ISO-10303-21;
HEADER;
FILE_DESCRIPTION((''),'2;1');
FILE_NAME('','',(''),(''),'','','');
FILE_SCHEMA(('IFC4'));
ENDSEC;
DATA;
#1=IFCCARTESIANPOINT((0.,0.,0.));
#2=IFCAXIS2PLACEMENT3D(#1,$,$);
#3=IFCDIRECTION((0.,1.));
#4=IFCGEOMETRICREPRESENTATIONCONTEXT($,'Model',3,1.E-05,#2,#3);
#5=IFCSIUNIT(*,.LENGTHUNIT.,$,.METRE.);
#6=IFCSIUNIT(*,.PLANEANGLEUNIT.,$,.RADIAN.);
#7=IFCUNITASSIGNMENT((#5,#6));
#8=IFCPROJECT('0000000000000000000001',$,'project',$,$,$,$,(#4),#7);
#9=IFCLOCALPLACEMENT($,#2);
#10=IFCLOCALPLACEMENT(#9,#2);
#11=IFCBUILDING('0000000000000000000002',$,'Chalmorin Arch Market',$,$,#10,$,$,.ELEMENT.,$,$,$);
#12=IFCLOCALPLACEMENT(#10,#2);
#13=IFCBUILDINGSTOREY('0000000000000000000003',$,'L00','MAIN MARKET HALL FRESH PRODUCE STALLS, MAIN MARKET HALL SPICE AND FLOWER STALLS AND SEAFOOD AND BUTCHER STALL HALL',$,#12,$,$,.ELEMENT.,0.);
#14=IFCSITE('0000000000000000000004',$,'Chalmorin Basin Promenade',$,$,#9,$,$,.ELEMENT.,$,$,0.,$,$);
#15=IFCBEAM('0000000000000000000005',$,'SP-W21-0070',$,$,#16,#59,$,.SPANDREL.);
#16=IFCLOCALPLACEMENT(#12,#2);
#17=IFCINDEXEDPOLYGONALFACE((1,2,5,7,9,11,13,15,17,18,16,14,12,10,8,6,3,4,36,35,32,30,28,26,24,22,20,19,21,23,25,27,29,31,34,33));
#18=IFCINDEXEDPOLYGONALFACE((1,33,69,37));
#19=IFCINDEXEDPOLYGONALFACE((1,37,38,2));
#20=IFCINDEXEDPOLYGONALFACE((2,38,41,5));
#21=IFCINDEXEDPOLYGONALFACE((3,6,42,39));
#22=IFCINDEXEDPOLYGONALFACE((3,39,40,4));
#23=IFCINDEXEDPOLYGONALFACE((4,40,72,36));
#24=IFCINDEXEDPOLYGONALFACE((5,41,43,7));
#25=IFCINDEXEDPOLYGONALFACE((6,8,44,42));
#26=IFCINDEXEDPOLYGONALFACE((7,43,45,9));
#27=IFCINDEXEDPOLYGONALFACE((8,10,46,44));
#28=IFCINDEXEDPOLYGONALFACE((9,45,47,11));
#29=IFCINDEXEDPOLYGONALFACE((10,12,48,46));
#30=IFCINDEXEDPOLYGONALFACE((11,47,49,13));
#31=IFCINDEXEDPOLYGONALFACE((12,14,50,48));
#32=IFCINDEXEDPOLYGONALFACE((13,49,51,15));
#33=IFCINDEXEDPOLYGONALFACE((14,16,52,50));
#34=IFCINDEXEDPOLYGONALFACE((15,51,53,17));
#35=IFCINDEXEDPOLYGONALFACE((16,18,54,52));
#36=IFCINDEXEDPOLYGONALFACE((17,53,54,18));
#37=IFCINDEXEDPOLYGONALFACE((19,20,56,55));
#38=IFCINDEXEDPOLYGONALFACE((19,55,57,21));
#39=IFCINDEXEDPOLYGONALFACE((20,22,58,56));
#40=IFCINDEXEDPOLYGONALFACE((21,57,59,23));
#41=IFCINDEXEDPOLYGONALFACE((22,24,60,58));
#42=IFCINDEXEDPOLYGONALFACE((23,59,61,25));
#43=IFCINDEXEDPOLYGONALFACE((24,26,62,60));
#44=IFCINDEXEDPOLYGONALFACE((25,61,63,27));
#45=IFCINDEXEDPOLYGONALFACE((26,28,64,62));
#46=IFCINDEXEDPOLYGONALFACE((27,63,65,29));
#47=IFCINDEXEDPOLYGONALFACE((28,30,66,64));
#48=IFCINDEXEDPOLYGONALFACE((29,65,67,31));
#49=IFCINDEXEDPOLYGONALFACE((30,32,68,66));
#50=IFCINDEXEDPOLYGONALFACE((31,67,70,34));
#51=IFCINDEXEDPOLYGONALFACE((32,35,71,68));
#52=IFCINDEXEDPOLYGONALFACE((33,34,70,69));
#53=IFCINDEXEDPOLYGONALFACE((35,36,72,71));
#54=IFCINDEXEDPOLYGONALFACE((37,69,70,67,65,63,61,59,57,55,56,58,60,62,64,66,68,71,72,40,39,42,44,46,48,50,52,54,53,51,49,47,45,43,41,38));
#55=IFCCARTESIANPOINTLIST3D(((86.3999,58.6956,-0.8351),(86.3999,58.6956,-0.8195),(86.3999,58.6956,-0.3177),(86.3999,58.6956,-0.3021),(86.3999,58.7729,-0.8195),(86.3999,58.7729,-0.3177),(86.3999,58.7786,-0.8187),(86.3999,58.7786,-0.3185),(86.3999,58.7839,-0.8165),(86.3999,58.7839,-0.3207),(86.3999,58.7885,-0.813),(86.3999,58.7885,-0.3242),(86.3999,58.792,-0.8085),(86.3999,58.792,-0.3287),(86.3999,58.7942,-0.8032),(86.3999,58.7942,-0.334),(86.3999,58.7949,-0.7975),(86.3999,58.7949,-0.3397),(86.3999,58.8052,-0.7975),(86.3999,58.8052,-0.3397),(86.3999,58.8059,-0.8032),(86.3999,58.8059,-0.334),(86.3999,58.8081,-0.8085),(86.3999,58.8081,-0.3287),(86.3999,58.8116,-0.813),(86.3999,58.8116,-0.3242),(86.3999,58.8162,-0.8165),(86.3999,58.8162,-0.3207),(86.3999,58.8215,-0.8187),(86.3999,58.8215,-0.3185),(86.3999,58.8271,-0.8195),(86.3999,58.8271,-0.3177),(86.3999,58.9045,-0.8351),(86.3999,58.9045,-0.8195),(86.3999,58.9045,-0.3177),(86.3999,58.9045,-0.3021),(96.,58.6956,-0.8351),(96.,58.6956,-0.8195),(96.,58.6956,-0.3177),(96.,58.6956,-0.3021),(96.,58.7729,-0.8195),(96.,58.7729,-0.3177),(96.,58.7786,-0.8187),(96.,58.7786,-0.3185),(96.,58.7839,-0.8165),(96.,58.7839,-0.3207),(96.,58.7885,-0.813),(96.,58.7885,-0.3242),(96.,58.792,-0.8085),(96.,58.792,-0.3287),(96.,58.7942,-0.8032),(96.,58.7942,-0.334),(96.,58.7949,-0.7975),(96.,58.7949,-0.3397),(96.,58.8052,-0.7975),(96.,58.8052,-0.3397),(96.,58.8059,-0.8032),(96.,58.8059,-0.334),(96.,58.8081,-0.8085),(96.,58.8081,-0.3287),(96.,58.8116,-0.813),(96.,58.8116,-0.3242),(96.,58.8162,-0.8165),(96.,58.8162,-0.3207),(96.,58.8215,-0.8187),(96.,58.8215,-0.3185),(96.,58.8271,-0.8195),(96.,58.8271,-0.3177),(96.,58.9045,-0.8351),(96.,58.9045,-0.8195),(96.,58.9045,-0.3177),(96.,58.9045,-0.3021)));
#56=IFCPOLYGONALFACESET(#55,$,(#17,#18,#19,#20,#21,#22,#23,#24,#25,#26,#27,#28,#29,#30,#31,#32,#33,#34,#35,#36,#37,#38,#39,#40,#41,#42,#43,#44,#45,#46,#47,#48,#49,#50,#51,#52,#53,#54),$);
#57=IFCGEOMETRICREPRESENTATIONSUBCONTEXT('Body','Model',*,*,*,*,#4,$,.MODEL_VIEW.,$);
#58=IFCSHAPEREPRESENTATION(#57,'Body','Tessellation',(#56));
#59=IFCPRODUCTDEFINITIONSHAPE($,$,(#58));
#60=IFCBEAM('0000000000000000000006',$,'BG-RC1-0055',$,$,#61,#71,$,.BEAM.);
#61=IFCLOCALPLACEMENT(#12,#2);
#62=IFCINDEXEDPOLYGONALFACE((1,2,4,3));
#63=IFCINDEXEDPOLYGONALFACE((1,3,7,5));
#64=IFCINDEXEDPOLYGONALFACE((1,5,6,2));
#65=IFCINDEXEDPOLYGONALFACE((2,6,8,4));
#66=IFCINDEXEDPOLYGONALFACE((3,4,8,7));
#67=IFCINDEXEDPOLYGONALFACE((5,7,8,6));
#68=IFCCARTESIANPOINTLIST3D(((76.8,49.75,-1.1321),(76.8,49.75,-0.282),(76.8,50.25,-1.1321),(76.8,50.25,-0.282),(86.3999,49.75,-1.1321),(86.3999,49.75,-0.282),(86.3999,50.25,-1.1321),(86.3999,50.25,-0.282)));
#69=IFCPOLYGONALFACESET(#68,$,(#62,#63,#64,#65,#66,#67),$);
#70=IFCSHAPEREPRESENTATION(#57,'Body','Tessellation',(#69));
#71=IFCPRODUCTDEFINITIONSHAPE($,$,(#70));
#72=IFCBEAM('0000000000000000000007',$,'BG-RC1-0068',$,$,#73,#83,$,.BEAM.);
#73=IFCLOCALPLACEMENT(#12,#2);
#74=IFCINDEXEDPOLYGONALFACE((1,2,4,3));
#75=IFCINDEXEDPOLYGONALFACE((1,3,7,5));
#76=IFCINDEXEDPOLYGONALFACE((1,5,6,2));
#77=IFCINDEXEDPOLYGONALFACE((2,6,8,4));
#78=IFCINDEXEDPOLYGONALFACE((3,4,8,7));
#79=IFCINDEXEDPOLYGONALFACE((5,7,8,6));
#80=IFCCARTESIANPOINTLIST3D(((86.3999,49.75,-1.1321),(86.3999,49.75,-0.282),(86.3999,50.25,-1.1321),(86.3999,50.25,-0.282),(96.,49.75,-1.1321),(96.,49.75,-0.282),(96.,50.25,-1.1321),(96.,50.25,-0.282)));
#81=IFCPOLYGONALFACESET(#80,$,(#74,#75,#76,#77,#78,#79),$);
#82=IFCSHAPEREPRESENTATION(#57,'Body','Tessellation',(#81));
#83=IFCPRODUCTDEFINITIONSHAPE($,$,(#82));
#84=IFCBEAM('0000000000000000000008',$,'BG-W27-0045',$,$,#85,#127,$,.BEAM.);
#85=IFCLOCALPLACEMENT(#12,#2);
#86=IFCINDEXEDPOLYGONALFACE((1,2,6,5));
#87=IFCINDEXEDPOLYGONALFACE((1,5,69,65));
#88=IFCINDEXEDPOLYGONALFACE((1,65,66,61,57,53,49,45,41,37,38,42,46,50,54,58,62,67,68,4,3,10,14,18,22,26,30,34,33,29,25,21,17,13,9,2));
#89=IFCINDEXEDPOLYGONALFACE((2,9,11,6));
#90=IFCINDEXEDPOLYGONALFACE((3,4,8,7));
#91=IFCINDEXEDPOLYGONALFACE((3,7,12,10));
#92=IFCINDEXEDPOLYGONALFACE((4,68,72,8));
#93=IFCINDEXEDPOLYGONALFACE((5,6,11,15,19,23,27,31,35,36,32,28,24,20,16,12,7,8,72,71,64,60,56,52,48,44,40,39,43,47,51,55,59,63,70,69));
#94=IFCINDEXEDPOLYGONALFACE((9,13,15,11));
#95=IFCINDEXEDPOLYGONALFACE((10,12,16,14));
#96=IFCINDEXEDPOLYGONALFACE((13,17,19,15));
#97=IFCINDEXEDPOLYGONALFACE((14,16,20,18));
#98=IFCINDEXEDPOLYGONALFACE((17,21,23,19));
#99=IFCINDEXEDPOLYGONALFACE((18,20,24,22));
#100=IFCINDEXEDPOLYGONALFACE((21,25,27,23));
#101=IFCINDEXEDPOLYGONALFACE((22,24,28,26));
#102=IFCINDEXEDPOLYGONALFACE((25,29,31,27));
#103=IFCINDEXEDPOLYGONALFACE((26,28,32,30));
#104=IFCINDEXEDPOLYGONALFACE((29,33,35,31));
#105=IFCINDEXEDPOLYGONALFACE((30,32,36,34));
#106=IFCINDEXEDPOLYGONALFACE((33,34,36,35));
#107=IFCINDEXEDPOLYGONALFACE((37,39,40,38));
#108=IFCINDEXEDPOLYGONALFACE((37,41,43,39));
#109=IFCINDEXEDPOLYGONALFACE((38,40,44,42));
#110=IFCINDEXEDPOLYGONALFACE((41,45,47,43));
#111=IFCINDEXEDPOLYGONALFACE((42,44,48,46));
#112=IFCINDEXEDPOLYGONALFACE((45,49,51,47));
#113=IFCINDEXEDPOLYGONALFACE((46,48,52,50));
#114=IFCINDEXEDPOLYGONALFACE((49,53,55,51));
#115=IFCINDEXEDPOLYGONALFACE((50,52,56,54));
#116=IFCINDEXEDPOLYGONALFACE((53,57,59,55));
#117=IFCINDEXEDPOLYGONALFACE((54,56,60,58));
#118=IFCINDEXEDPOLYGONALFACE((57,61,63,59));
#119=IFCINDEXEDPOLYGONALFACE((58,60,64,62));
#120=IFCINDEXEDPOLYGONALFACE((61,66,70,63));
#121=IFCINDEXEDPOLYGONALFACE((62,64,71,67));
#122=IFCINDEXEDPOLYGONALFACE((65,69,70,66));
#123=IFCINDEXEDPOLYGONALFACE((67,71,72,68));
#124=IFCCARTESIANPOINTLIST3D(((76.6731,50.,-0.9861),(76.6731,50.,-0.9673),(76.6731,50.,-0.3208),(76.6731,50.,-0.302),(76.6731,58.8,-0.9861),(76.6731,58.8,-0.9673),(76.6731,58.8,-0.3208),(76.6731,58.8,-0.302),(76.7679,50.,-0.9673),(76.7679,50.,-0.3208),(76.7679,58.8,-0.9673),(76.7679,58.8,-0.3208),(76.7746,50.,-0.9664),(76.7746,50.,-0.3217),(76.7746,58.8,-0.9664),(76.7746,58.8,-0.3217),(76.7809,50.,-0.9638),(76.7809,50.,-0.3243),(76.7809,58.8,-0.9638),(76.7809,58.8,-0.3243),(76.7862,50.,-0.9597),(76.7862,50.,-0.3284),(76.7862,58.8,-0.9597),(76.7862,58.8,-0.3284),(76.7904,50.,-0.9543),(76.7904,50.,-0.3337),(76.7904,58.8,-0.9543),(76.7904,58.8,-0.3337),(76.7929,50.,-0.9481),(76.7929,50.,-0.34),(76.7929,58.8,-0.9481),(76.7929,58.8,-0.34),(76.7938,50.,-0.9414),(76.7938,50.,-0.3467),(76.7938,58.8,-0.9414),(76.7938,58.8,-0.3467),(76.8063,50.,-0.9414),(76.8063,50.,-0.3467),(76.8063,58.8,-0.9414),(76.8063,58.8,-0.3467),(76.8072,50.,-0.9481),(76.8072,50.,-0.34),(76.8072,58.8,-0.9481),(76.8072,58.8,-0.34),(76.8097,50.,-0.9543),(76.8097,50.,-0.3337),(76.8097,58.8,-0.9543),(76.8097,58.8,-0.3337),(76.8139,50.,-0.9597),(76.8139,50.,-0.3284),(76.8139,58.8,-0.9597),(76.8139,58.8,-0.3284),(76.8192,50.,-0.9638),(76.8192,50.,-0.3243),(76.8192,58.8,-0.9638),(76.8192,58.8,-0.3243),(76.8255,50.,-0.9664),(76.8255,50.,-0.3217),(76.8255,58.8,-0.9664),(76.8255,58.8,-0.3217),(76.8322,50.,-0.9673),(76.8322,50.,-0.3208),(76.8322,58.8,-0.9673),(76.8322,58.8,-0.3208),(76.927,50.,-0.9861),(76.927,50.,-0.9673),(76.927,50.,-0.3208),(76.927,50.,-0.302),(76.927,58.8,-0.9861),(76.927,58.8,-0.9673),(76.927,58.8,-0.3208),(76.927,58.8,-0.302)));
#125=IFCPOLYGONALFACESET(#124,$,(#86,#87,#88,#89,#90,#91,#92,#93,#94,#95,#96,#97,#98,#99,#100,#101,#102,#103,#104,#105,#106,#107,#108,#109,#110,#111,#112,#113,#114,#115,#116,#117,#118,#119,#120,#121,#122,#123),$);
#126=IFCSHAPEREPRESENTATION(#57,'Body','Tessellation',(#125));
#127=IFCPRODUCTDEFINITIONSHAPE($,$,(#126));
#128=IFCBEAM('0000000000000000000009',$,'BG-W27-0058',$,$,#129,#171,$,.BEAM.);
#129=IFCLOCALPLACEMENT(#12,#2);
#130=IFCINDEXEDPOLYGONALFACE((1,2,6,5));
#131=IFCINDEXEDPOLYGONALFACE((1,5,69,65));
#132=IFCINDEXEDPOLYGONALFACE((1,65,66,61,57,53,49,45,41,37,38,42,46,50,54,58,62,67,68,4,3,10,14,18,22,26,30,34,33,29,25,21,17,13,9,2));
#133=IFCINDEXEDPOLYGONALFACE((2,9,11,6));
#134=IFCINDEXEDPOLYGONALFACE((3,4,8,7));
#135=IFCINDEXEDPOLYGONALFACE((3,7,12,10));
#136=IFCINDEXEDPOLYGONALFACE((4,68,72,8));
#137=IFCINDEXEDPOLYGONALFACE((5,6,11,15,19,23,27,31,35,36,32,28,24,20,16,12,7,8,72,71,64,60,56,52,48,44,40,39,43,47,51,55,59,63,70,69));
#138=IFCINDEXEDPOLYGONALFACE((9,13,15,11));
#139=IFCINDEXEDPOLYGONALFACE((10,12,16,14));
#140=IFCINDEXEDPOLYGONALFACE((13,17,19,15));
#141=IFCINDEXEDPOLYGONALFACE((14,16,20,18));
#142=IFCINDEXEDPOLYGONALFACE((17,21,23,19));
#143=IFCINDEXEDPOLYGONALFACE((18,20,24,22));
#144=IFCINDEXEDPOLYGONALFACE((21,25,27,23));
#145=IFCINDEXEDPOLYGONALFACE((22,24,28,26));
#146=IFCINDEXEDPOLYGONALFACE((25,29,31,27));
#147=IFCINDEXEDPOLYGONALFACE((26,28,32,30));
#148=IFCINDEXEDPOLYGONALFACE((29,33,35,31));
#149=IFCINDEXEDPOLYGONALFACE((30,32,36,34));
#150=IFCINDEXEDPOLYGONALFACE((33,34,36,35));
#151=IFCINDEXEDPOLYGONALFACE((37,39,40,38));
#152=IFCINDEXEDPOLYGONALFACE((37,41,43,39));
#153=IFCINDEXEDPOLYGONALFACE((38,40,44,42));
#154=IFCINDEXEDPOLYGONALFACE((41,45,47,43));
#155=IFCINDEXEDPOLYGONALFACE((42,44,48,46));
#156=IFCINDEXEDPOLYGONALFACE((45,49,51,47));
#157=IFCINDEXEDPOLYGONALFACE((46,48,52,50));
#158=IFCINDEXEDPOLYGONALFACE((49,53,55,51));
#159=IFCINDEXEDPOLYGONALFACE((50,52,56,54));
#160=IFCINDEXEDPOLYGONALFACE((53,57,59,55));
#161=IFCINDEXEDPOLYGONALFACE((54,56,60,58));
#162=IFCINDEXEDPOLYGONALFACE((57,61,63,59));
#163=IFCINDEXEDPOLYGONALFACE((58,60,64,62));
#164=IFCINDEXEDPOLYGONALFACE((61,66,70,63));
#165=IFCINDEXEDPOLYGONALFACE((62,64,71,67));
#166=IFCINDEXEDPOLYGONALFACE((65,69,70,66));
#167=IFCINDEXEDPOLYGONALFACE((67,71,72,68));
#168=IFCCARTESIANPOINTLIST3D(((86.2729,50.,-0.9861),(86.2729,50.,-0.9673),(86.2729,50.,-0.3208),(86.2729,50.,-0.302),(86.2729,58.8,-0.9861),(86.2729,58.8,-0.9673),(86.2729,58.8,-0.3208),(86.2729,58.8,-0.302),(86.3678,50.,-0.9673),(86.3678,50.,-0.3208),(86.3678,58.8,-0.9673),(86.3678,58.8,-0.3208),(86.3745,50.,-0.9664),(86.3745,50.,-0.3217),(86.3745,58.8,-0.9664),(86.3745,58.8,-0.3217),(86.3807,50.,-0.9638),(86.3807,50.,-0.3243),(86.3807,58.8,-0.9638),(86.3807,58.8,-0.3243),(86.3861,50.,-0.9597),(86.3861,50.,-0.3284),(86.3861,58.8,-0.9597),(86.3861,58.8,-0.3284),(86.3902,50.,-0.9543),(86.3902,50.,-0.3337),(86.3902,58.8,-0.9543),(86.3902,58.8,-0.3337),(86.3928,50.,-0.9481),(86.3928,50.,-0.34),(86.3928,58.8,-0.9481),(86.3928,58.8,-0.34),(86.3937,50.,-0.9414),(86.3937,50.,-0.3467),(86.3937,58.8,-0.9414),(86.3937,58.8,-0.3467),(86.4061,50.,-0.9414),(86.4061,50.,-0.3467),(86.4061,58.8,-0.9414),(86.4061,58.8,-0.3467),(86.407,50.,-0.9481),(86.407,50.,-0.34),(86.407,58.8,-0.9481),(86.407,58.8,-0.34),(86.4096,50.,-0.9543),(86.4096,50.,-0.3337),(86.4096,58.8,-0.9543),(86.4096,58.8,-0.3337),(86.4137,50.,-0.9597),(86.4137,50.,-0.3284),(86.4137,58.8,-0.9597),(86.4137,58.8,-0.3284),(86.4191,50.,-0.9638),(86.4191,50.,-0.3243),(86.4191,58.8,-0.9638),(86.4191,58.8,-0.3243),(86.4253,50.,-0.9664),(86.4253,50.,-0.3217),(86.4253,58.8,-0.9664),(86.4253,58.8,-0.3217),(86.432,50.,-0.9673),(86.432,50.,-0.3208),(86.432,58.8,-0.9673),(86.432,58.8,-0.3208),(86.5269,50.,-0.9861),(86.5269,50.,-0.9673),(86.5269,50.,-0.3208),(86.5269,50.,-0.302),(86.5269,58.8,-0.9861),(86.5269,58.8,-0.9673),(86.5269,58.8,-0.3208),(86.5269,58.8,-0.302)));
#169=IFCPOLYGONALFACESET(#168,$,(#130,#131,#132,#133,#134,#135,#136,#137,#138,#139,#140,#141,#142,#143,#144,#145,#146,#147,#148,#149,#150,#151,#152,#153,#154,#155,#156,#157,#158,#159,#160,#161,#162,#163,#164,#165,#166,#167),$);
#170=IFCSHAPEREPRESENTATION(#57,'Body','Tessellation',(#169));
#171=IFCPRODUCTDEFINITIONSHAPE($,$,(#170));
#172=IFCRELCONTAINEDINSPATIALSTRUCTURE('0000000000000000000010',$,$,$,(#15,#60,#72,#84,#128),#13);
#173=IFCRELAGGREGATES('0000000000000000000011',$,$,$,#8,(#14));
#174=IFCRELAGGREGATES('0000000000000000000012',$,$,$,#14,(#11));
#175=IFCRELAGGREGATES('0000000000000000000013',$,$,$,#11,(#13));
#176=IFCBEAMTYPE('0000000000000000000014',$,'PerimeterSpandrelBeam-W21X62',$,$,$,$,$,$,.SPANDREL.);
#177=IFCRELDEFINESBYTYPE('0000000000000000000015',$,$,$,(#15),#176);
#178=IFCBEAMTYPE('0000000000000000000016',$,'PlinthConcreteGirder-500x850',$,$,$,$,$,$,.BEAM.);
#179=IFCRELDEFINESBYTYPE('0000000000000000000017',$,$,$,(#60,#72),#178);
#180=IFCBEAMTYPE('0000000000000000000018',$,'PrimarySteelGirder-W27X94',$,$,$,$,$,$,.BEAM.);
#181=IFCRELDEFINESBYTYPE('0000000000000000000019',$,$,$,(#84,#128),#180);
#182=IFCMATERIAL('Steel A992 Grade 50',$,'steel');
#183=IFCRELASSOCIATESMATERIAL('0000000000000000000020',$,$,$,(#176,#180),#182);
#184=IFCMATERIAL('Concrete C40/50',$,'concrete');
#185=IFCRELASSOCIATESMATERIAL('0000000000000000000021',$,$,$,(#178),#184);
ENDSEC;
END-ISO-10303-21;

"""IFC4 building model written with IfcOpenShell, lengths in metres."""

from ifc_helpers import new_model, si_unit, direction, frame, origin, origin_2d, place, context, subcontext, project, spatial, rectangle, i_section, extrude, material, material_profile, profile_set, type_object, element, save


model = new_model("IFC4")

# Units and contexts
model_context = context("Model", 3, precision=1e-05, world=origin(), true_north=direction((0.0, 1.0)))
body_context = subcontext(model_context, "Body", "Model", "MODEL_VIEW")
ifc_project = project(units=[si_unit("LENGTHUNIT", "METRE"), si_unit("PLANEANGLEUNIT", "RADIAN")], contexts=[model_context])

# Site, building, storey
site_placement = place(None, origin())
site = spatial("IfcSite", under=ifc_project, at=site_placement, Name="Chalmorin Basin Promenade", CompositionType="ELEMENT", RefElevation=0.0)
building_placement = place(site_placement, origin())
building = spatial("IfcBuilding", under=site, at=building_placement, Name="Chalmorin Arch Market", CompositionType="ELEMENT")
storey_placement = place(building_placement, origin())
storey = spatial("IfcBuildingStorey", under=building, at=storey_placement, Name="L00", Description="MAIN MARKET HALL FRESH PRODUCE STALLS, MAIN MARKET HALL SPICE AND FLOWER STALLS AND SEAFOOD AND BUTCHER STALL HALL", CompositionType="ELEMENT", Elevation=0.0)

# Shared definitions
ifc_material_1 = material(Name="Concrete C40/50", Category="concrete")

# Beams
ifc_material_2 = material(Name="Steel A992 Grade 50", Category="steel")
ifc_material_profile_1 = material_profile(ifc_material_2, i_section(OverallWidth=0.209, OverallDepth=0.533, WebThickness=0.0103, FlangeThickness=0.0156, FilletRadius=0.022, at=origin_2d()), Name="W21X62")
ifc_profile_set_1 = profile_set([ifc_material_profile_1], Name="Steel A992 Grade 50")
beam_type_1 = type_object("IfcBeamType", Name="PerimeterSpandrelBeam-W21X62", PredefinedType="SPANDREL", material=ifc_profile_set_1)
beam_1_placement = place(storey_placement, frame((86.3999, 58.8, -0.5686), z_axis=(1.0, 0.0, 0.0), x_axis=(0.0, 1.0, 0.0)))
element("IfcBeam", 1, at=beam_1_placement, inside=storey, type_object=beam_type_1, Name="SP-W21-0070", PredefinedType="SPANDREL", context=body_context, shape_type="SweptSolid", body=[
    extrude(i_section(OverallWidth=0.209, OverallDepth=0.533, WebThickness=0.0103, FlangeThickness=0.0156, FilletRadius=0.022, at=origin_2d()), origin(), (0.0, 0.0, 1.0), 9.6001),
])
ifc_material_profile_2 = material_profile(ifc_material_1, rectangle(XDim=0.5, YDim=0.8501, at=origin_2d()), Name="RC500X850")
ifc_profile_set_2 = profile_set([ifc_material_profile_2], Name="Concrete C40/50")
beam_type_2 = type_object("IfcBeamType", Name="PlinthConcreteGirder-500x850", PredefinedType="BEAM", material=ifc_profile_set_2)
beam_2_placement = place(storey_placement, frame((76.8, 50.0, -0.707), z_axis=(1.0, 0.0, 0.0), x_axis=(0.0, 1.0, 0.0)))
element("IfcBeam", 2, at=beam_2_placement, inside=storey, type_object=beam_type_2, Name="BG-RC1-0055", PredefinedType="BEAM", context=body_context, shape_type="SweptSolid", body=[
    extrude(rectangle(XDim=0.5, YDim=0.8501, at=origin_2d()), origin(), (0.0, 0.0, 1.0), 9.5999),
])
beam_3_placement = place(storey_placement, frame((86.3999, 50.0, -0.707), z_axis=(1.0, 0.0, 0.0), x_axis=(0.0, 1.0, 0.0)))
element("IfcBeam", 3, at=beam_3_placement, inside=storey, type_object=beam_type_2, Name="BG-RC1-0068", PredefinedType="BEAM", context=body_context, shape_type="SweptSolid", body=[
    extrude(rectangle(XDim=0.5, YDim=0.8501, at=origin_2d()), origin(), (0.0, 0.0, 1.0), 9.6001),
])
ifc_material_profile_3 = material_profile(ifc_material_2, i_section(OverallWidth=0.2539, OverallDepth=0.6841, WebThickness=0.0125, FlangeThickness=0.0188, FilletRadius=0.0259, at=origin_2d()), Name="W27X94")
ifc_profile_set_3 = profile_set([ifc_material_profile_3], Name="Steel A992 Grade 50")
beam_type_3 = type_object("IfcBeamType", Name="PrimarySteelGirder-W27X94", PredefinedType="BEAM", material=ifc_profile_set_3)
for number, where, z_axis, x_axis, name in (
    (4, (76.8, 50.0, -0.644), (0.0, 1.0, 0.0), (-1.0, 0.0, 0.0), "BG-W27-0045"),
    (5, (86.3999, 50.0, -0.644), (0.0, 1.0, 0.0), (-1.0, 0.0, 0.0), "BG-W27-0058"),
):
    element("IfcBeam", number, at=place(storey_placement, frame(where, z_axis=z_axis, x_axis=x_axis)), inside=storey, type_object=beam_type_3, Name=name, PredefinedType="BEAM", context=body_context, shape_type="SweptSolid", body=[
        extrude(i_section(OverallWidth=0.2539, OverallDepth=0.6841, WebThickness=0.0125, FlangeThickness=0.0188, FilletRadius=0.0259, at=origin_2d()), origin(), (0.0, 0.0, 1.0), 8.8),
    ])

save(model, "model.ifc")
